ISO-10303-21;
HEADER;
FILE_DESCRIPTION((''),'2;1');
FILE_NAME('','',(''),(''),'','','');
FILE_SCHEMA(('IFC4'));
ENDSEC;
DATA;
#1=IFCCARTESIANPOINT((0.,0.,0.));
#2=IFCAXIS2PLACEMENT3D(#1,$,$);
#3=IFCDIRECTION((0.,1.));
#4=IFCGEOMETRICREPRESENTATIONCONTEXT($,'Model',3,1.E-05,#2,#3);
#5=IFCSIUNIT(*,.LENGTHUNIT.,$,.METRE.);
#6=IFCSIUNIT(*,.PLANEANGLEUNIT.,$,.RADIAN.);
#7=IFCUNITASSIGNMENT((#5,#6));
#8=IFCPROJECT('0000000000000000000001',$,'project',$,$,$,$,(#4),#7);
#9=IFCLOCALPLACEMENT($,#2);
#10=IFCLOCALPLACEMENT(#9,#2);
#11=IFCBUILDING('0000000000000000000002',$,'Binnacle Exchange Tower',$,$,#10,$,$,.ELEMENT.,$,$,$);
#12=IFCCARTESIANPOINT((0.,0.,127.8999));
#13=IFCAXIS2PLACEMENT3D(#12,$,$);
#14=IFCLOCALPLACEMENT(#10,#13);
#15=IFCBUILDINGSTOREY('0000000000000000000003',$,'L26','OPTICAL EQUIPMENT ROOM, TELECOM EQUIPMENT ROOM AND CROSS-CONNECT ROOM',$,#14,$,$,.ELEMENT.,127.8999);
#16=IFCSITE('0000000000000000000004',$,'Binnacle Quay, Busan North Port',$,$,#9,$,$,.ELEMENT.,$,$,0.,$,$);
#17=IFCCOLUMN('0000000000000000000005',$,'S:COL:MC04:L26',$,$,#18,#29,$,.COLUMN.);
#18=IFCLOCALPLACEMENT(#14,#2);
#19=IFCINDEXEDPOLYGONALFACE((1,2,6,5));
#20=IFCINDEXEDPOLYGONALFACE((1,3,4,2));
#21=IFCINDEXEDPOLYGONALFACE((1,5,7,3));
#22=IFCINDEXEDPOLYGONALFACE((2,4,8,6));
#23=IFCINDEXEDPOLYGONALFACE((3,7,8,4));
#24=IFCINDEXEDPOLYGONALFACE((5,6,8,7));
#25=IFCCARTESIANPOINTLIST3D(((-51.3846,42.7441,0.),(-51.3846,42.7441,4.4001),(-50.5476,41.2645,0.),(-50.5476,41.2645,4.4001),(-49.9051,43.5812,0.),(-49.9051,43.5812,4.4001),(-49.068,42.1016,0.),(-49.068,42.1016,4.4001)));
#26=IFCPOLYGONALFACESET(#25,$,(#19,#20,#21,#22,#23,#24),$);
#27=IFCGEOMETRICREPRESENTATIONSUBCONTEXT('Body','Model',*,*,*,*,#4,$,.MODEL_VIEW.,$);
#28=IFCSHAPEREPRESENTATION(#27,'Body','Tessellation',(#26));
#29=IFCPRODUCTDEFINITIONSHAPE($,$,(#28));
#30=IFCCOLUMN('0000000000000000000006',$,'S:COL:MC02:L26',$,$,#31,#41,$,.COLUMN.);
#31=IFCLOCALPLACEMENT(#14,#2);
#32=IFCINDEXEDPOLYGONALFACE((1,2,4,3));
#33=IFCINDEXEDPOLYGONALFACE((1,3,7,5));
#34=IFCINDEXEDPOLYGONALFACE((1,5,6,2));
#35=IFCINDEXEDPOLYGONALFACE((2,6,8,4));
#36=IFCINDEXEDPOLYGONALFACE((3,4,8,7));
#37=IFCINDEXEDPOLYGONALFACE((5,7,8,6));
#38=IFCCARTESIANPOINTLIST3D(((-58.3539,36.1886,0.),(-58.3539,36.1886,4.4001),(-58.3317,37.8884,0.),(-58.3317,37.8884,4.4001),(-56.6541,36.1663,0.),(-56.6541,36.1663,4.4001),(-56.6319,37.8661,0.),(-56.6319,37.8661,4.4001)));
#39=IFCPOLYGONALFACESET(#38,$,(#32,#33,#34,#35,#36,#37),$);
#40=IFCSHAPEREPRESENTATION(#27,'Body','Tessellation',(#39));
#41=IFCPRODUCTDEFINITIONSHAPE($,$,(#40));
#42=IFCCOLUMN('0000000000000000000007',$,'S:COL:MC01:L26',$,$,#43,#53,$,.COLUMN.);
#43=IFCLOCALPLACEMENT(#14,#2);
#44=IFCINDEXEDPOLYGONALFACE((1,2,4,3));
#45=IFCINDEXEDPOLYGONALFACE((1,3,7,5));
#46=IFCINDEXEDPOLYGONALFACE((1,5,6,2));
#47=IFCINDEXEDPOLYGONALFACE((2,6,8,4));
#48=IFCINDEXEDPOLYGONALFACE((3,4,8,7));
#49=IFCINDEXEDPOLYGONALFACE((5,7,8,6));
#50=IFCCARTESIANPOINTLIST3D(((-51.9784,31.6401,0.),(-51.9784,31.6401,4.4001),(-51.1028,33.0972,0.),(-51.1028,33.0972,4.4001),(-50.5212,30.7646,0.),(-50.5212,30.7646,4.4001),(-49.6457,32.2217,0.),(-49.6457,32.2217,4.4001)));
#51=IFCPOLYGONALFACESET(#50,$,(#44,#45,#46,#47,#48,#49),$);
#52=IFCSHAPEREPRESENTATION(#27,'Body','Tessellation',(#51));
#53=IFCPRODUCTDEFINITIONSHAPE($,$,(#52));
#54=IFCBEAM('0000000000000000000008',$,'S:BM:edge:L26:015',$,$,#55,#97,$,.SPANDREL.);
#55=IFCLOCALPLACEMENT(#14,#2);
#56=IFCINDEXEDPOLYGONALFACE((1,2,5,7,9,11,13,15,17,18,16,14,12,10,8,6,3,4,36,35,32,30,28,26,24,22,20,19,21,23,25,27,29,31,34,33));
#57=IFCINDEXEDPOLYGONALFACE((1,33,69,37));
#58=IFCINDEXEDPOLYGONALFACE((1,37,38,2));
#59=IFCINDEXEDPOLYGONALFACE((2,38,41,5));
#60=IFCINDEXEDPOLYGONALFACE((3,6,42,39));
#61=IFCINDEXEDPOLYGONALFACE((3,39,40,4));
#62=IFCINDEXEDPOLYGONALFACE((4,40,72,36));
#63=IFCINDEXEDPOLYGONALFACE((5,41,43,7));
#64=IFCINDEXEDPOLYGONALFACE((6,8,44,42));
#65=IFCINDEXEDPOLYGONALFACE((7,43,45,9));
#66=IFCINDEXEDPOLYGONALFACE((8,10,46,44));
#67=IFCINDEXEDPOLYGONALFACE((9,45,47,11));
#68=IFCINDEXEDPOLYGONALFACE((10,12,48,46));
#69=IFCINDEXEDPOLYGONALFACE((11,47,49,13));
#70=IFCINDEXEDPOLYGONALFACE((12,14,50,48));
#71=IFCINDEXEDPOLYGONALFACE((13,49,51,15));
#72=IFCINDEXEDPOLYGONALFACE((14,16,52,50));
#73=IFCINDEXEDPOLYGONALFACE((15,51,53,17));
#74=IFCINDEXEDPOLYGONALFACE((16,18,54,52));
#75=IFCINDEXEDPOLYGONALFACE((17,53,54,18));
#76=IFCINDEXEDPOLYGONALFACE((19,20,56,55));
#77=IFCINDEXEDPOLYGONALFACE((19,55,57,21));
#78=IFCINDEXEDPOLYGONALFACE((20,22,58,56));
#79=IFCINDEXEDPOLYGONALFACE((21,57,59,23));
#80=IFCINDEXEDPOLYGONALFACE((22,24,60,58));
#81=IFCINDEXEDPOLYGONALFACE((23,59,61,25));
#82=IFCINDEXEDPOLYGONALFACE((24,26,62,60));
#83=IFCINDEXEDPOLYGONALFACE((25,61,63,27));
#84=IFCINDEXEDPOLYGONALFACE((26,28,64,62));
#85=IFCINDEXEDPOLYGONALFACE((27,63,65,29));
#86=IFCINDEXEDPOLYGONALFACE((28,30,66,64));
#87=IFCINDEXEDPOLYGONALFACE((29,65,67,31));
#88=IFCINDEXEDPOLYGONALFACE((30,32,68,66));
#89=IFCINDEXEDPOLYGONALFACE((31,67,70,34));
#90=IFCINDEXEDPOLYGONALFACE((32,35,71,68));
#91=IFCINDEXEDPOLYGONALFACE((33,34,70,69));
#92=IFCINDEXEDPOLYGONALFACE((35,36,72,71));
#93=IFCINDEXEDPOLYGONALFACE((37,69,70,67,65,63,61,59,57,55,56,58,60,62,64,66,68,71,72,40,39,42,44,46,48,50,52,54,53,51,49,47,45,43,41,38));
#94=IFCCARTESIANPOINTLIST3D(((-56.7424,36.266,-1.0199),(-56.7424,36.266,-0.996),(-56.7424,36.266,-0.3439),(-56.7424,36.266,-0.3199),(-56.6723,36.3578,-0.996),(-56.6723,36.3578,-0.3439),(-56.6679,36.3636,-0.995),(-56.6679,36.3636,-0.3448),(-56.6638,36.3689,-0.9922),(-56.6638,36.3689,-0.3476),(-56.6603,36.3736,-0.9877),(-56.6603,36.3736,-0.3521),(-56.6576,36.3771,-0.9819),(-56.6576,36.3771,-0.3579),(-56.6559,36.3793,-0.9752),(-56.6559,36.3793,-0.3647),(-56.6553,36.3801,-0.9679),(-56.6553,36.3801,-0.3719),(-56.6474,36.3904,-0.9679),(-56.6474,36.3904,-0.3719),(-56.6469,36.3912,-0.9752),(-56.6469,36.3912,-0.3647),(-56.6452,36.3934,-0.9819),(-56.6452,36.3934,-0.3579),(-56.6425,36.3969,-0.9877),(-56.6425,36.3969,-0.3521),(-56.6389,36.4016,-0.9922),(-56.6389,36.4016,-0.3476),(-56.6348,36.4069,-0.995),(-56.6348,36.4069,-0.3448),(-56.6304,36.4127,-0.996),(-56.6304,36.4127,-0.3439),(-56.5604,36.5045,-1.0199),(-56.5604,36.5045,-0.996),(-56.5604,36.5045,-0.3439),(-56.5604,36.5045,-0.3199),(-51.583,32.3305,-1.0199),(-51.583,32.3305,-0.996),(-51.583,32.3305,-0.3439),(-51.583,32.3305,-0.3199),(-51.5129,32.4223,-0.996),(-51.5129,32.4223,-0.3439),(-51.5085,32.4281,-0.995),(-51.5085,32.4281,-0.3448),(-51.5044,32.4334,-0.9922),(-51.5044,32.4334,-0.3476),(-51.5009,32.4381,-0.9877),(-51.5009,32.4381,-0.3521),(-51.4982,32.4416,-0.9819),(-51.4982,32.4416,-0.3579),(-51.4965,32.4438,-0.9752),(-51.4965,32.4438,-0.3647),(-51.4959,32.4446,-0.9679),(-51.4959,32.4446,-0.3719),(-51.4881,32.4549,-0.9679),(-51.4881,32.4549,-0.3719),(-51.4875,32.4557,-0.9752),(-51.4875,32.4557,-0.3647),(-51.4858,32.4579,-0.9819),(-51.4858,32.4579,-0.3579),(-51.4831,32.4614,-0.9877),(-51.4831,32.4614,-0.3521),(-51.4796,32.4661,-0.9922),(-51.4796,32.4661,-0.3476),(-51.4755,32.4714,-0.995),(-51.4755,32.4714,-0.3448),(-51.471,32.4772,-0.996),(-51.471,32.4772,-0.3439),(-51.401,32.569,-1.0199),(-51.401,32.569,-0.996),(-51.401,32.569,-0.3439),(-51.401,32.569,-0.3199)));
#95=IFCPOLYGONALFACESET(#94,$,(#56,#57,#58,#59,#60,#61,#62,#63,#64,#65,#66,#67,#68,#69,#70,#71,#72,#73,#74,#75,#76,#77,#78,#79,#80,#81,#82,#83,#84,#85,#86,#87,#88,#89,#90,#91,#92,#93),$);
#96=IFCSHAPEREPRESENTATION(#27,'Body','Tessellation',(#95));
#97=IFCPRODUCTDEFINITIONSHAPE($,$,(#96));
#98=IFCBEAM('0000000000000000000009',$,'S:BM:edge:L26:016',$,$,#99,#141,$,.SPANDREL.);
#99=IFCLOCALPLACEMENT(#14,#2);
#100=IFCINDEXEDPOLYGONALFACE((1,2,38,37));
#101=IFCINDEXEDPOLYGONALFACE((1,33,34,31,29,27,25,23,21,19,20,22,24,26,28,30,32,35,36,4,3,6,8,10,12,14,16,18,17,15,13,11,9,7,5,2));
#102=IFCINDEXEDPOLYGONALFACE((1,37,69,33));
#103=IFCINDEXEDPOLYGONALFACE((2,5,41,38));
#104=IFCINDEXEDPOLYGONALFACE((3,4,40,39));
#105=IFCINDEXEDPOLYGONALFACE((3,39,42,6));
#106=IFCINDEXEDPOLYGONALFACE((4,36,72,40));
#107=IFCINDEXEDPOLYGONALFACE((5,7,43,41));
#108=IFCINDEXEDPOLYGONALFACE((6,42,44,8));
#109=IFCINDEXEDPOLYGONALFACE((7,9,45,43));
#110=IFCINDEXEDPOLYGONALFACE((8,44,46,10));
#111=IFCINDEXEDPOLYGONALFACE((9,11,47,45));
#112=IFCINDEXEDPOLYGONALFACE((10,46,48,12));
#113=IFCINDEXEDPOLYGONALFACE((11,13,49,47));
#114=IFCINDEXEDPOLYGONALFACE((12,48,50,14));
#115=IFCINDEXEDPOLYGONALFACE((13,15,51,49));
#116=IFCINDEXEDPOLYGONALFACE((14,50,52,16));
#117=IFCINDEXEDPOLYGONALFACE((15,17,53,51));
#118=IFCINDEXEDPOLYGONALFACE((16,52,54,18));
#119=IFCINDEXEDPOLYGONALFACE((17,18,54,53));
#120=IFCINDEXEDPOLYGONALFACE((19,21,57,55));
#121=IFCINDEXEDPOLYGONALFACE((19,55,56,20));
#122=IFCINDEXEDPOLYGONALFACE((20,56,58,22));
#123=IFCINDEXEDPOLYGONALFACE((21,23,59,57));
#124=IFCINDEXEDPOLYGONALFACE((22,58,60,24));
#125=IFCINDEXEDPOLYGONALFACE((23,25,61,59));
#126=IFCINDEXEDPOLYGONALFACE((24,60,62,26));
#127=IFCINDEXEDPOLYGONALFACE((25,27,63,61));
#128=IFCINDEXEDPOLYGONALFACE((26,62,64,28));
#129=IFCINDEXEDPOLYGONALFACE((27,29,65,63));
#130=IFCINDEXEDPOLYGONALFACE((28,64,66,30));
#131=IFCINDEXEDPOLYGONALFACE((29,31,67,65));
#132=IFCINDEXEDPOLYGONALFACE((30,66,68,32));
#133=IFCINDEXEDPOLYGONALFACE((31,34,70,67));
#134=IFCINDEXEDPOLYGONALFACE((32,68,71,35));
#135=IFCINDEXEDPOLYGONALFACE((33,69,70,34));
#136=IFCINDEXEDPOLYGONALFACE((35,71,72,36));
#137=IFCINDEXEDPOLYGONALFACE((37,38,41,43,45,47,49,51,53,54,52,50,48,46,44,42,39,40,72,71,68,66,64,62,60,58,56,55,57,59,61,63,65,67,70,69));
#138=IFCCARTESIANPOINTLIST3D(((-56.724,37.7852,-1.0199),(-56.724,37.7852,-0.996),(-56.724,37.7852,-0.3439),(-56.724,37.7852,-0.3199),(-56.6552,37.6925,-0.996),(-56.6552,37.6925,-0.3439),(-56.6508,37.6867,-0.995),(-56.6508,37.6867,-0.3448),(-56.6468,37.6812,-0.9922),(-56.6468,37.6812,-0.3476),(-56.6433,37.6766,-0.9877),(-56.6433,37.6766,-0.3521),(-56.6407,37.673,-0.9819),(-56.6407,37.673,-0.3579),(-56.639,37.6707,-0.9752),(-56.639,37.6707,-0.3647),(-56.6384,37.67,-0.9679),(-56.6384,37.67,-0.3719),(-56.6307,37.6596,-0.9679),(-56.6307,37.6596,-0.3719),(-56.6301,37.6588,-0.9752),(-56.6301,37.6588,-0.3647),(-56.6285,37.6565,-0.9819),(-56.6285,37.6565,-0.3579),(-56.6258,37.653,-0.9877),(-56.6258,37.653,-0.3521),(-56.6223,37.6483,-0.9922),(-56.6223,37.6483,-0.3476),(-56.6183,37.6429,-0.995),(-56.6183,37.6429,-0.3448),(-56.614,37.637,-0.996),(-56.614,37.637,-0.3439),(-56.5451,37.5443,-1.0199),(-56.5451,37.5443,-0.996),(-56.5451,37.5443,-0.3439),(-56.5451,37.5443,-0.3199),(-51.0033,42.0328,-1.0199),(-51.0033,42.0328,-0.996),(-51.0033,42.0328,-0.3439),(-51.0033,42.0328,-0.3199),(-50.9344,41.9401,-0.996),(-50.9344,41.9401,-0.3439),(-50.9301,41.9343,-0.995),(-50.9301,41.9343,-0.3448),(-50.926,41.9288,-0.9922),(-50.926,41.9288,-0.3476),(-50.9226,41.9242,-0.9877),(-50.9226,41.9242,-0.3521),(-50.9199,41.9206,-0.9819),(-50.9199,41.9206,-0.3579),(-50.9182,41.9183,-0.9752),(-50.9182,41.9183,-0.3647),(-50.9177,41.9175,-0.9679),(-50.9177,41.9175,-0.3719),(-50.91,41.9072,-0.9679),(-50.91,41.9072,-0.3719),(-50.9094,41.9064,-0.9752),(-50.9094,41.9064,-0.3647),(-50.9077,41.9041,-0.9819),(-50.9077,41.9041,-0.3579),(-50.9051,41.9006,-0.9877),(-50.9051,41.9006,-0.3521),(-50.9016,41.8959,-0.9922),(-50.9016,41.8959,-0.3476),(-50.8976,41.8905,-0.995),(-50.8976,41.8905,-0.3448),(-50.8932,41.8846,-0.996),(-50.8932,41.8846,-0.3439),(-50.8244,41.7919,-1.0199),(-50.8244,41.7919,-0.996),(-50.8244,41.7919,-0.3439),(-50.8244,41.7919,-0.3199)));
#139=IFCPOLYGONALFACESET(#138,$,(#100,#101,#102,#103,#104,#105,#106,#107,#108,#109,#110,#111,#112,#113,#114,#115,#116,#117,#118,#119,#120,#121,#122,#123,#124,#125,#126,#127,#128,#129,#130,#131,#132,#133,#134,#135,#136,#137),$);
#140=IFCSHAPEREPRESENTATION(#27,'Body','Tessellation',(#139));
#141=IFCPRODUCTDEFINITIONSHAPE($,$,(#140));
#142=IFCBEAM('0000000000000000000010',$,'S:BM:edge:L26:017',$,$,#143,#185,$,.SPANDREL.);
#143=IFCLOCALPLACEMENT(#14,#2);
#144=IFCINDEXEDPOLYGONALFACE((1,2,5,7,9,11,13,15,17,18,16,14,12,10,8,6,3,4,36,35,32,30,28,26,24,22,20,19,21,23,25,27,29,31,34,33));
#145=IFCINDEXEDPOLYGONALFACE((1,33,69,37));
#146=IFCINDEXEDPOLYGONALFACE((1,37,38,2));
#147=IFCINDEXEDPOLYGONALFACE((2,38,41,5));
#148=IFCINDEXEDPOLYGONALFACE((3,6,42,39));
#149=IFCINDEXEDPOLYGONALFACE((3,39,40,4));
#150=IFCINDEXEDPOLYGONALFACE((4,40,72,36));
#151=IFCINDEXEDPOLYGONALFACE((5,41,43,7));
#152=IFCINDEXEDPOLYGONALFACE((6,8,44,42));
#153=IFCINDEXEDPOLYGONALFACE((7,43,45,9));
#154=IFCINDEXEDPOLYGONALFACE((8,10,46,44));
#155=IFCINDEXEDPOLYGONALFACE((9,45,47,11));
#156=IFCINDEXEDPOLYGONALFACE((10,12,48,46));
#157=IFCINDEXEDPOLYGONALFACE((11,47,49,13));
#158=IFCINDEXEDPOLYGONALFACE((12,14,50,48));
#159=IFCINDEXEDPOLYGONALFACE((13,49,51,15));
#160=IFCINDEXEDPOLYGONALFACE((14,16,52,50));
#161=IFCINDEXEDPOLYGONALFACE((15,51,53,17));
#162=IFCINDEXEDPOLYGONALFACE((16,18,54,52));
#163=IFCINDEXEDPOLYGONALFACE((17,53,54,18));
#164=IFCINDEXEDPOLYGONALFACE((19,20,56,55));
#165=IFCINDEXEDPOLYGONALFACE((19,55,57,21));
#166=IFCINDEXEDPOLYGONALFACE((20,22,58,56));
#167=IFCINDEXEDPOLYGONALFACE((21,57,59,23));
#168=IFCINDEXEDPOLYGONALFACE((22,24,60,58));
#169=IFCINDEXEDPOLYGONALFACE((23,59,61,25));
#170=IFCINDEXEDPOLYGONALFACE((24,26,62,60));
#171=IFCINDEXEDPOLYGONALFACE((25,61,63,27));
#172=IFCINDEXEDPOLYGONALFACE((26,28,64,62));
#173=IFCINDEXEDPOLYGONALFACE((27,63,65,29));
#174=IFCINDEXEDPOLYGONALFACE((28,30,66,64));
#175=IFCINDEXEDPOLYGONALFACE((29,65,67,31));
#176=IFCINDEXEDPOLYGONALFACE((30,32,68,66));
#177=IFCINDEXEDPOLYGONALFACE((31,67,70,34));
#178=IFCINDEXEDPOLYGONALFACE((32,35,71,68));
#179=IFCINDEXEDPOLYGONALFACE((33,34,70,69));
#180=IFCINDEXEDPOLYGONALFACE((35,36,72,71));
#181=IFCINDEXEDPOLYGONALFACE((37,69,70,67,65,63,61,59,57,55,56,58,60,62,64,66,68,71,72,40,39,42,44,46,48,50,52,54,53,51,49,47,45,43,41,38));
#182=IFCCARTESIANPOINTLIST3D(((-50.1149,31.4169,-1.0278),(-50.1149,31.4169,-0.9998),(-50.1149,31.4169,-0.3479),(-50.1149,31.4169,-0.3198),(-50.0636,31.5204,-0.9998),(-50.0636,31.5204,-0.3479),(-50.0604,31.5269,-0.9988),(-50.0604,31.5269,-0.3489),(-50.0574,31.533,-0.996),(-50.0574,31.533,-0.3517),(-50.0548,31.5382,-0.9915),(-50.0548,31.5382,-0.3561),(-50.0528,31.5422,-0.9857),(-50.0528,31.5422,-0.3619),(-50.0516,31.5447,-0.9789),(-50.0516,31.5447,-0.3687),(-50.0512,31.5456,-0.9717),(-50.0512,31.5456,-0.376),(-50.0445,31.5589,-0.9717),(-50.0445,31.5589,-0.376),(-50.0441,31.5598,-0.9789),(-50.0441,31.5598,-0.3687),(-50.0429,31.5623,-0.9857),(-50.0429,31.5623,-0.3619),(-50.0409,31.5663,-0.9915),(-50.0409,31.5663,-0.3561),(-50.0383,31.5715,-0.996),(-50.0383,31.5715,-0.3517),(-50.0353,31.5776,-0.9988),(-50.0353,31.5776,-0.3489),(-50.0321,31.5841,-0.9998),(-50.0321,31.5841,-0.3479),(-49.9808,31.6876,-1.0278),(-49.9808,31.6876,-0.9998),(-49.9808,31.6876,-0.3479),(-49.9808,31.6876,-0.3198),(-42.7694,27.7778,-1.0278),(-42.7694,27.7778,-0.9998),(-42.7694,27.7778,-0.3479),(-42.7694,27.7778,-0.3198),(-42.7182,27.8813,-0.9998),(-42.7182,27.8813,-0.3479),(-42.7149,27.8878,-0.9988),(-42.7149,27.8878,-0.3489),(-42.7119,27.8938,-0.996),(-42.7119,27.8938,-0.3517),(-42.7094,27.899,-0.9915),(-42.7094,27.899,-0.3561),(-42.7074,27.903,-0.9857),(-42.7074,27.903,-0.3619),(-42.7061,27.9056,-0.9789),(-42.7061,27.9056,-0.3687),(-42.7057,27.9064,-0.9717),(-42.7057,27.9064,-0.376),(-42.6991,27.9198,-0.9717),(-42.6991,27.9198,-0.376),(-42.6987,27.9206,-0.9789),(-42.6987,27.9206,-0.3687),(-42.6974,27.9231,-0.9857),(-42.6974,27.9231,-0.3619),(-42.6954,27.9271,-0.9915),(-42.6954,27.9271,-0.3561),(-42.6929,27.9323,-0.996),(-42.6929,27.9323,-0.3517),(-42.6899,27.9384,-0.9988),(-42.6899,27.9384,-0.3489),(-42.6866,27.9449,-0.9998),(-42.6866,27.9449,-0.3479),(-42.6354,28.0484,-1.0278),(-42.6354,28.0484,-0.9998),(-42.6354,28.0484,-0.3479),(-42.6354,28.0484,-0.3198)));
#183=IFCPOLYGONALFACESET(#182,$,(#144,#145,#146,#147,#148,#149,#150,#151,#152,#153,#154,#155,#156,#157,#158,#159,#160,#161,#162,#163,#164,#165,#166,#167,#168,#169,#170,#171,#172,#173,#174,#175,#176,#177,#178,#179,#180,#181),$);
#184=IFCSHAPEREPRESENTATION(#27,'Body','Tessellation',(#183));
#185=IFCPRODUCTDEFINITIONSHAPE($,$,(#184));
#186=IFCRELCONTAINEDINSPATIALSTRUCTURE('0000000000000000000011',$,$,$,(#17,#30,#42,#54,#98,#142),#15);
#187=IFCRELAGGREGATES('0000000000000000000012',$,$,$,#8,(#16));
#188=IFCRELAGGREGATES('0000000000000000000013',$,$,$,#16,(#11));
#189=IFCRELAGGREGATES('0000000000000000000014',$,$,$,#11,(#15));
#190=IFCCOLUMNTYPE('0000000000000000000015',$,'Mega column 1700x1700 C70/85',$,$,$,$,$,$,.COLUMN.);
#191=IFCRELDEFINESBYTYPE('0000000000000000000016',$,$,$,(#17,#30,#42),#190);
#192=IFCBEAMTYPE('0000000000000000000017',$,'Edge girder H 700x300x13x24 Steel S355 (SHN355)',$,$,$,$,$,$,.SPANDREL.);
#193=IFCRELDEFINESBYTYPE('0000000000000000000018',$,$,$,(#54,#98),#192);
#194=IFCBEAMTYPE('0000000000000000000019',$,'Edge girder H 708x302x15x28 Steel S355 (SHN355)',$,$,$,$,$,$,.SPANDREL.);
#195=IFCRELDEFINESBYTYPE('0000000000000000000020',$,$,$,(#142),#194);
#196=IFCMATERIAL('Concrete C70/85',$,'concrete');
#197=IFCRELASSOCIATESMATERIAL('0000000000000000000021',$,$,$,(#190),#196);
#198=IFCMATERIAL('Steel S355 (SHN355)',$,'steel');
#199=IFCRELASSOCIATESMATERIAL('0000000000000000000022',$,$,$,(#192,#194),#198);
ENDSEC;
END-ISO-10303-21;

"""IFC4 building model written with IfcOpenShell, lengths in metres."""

from ifc_helpers import new_model, si_unit, direction, frame, origin, origin_2d, place, context, subcontext, project, spatial, rectangle, i_section, extrude, material, material_profile, profile_set, type_object, element, save


model = new_model("IFC4")

# Units and contexts
model_context = context("Model", 3, precision=1e-05, world=origin(), true_north=direction((0.0, 1.0)))
body_context = subcontext(model_context, "Body", "Model", "MODEL_VIEW")
ifc_project = project(units=[si_unit("LENGTHUNIT", "METRE"), si_unit("PLANEANGLEUNIT", "RADIAN")], contexts=[model_context])

# Site, building, storey
site_placement = place(None, origin())
site = spatial("IfcSite", under=ifc_project, at=site_placement, Name="Binnacle Quay, Busan North Port", CompositionType="ELEMENT", RefElevation=0.0)
building_placement = place(site_placement, origin())
building = spatial("IfcBuilding", under=site, at=building_placement, Name="Binnacle Exchange Tower", CompositionType="ELEMENT")
storey_placement = place(building_placement, frame((0.0, 0.0, 127.8999)))
storey = spatial("IfcBuildingStorey", under=building, at=storey_placement, Name="L26", Description="OPTICAL EQUIPMENT ROOM, TELECOM EQUIPMENT ROOM AND CROSS-CONNECT ROOM", CompositionType="ELEMENT", Elevation=127.8999)

# Columns
ifc_material_1 = material(Name="Concrete C70/85", Category="concrete")
ifc_material_profile_1 = material_profile(ifc_material_1, rectangle(XDim=1.7, YDim=1.7, at=origin_2d()), Name="Mega column 1700x1700 C70/85")
ifc_profile_set_1 = profile_set([ifc_material_profile_1], Name="Concrete C70/85")
column_type = type_object("IfcColumnType", Name="Mega column 1700x1700 C70/85", PredefinedType="COLUMN", material=ifc_profile_set_1)
for number, where, z_axis, x_axis, name in (
    (1, (-50.2263, 42.4229, 0.0), (0.0, 0.0, 1.0), (-0.870356, -0.492424, 0.0), "S:COL:MC04:L26"),
    (2, (-57.4929, 37.0273, 0.0), (0.0, 0.0, 1.0), (-0.01309, -0.999914, 0.0), "S:COL:MC02:L26"),
    (3, (-50.812, 31.9309, 0.0), (0.0, 0.0, 1.0), (0.857167, -0.515038, 0.0), "S:COL:MC01:L26"),
):
    element("IfcColumn", number, at=place(storey_placement, frame(where, z_axis=z_axis, x_axis=x_axis)), inside=storey, type_object=column_type, Name=name, PredefinedType="COLUMN", context=body_context, shape_type="SweptSolid", body=[
        extrude(rectangle(XDim=1.7, YDim=1.7, at=origin_2d()), origin(), (0.0, 0.0, 1.0), 4.4001),
    ])

# Beams
ifc_material_2 = material(Name="Steel S355 (SHN355)", Category="steel")
ifc_material_profile_2 = material_profile(ifc_material_2, i_section(OverallWidth=0.3, OverallDepth=0.7, WebThickness=0.0129, FlangeThickness=0.0239, FilletRadius=0.0281, at=origin_2d()), Name="H 700x300x13x24")
ifc_profile_set_2 = profile_set([ifc_material_profile_2], Name="Steel S355 (SHN355)")
beam_type_1 = type_object("IfcBeamType", Name="Edge girder H 700x300x13x24 Steel S355 (SHN355)", PredefinedType="SPANDREL", material=ifc_profile_set_2)
beam_1_placement = place(storey_placement, frame((-56.6514, 36.3853, -0.6699), z_axis=(0.795093, -0.606487, 0.0), x_axis=(0.606487, 0.795093, 0.0)))
element("IfcBeam", 4, at=beam_1_placement, inside=storey, type_object=beam_type_1, Name="S:BM:edge:L26:015", PredefinedType="SPANDREL", context=body_context, shape_type="SweptSolid", body=[
    extrude(i_section(OverallWidth=0.3, OverallDepth=0.7, WebThickness=0.0129, FlangeThickness=0.0239, FilletRadius=0.0281, at=origin_2d()), origin(), (0.0, 0.0, 1.0), 6.489),
])
beam_2_placement = place(storey_placement, frame((-50.9138, 41.9124, -0.6699), z_axis=(-0.802885, -0.596133, 0.0), x_axis=(0.596133, -0.802885, 0.0)))
element("IfcBeam", 5, at=beam_2_placement, inside=storey, type_object=beam_type_1, Name="S:BM:edge:L26:016", PredefinedType="SPANDREL", context=body_context, shape_type="SweptSolid", body=[
    extrude(i_section(OverallWidth=0.3, OverallDepth=0.7, WebThickness=0.0129, FlangeThickness=0.0239, FilletRadius=0.0281, at=origin_2d()), origin(), (0.0, 0.0, 1.0), 7.1252),
])
ifc_material_profile_3 = material_profile(ifc_material_2, i_section(OverallWidth=0.302, OverallDepth=0.708, WebThickness=0.0149, FlangeThickness=0.0281, FilletRadius=0.0281, at=origin_2d()), Name="H 708x302x15x28")
ifc_profile_set_3 = profile_set([ifc_material_profile_3], Name="Steel S355 (SHN355)")
beam_type_2 = type_object("IfcBeamType", Name="Edge girder H 708x302x15x28 Steel S355 (SHN355)", PredefinedType="SPANDREL", material=ifc_profile_set_3)
beam_3_placement = place(storey_placement, frame((-50.0479, 31.5522, -0.6738), z_axis=(0.896059, -0.443935, 0.0), x_axis=(0.443935, 0.896059, 0.0)))
element("IfcBeam", 6, at=beam_3_placement, inside=storey, type_object=beam_type_2, Name="S:BM:edge:L26:017", PredefinedType="SPANDREL", context=body_context, shape_type="SweptSolid", body=[
    extrude(i_section(OverallWidth=0.302, OverallDepth=0.708, WebThickness=0.0149, FlangeThickness=0.0281, FilletRadius=0.0281, at=origin_2d()), origin(), (0.0, 0.0, 1.0), 8.1975),
])

save(model, "model.ifc")
